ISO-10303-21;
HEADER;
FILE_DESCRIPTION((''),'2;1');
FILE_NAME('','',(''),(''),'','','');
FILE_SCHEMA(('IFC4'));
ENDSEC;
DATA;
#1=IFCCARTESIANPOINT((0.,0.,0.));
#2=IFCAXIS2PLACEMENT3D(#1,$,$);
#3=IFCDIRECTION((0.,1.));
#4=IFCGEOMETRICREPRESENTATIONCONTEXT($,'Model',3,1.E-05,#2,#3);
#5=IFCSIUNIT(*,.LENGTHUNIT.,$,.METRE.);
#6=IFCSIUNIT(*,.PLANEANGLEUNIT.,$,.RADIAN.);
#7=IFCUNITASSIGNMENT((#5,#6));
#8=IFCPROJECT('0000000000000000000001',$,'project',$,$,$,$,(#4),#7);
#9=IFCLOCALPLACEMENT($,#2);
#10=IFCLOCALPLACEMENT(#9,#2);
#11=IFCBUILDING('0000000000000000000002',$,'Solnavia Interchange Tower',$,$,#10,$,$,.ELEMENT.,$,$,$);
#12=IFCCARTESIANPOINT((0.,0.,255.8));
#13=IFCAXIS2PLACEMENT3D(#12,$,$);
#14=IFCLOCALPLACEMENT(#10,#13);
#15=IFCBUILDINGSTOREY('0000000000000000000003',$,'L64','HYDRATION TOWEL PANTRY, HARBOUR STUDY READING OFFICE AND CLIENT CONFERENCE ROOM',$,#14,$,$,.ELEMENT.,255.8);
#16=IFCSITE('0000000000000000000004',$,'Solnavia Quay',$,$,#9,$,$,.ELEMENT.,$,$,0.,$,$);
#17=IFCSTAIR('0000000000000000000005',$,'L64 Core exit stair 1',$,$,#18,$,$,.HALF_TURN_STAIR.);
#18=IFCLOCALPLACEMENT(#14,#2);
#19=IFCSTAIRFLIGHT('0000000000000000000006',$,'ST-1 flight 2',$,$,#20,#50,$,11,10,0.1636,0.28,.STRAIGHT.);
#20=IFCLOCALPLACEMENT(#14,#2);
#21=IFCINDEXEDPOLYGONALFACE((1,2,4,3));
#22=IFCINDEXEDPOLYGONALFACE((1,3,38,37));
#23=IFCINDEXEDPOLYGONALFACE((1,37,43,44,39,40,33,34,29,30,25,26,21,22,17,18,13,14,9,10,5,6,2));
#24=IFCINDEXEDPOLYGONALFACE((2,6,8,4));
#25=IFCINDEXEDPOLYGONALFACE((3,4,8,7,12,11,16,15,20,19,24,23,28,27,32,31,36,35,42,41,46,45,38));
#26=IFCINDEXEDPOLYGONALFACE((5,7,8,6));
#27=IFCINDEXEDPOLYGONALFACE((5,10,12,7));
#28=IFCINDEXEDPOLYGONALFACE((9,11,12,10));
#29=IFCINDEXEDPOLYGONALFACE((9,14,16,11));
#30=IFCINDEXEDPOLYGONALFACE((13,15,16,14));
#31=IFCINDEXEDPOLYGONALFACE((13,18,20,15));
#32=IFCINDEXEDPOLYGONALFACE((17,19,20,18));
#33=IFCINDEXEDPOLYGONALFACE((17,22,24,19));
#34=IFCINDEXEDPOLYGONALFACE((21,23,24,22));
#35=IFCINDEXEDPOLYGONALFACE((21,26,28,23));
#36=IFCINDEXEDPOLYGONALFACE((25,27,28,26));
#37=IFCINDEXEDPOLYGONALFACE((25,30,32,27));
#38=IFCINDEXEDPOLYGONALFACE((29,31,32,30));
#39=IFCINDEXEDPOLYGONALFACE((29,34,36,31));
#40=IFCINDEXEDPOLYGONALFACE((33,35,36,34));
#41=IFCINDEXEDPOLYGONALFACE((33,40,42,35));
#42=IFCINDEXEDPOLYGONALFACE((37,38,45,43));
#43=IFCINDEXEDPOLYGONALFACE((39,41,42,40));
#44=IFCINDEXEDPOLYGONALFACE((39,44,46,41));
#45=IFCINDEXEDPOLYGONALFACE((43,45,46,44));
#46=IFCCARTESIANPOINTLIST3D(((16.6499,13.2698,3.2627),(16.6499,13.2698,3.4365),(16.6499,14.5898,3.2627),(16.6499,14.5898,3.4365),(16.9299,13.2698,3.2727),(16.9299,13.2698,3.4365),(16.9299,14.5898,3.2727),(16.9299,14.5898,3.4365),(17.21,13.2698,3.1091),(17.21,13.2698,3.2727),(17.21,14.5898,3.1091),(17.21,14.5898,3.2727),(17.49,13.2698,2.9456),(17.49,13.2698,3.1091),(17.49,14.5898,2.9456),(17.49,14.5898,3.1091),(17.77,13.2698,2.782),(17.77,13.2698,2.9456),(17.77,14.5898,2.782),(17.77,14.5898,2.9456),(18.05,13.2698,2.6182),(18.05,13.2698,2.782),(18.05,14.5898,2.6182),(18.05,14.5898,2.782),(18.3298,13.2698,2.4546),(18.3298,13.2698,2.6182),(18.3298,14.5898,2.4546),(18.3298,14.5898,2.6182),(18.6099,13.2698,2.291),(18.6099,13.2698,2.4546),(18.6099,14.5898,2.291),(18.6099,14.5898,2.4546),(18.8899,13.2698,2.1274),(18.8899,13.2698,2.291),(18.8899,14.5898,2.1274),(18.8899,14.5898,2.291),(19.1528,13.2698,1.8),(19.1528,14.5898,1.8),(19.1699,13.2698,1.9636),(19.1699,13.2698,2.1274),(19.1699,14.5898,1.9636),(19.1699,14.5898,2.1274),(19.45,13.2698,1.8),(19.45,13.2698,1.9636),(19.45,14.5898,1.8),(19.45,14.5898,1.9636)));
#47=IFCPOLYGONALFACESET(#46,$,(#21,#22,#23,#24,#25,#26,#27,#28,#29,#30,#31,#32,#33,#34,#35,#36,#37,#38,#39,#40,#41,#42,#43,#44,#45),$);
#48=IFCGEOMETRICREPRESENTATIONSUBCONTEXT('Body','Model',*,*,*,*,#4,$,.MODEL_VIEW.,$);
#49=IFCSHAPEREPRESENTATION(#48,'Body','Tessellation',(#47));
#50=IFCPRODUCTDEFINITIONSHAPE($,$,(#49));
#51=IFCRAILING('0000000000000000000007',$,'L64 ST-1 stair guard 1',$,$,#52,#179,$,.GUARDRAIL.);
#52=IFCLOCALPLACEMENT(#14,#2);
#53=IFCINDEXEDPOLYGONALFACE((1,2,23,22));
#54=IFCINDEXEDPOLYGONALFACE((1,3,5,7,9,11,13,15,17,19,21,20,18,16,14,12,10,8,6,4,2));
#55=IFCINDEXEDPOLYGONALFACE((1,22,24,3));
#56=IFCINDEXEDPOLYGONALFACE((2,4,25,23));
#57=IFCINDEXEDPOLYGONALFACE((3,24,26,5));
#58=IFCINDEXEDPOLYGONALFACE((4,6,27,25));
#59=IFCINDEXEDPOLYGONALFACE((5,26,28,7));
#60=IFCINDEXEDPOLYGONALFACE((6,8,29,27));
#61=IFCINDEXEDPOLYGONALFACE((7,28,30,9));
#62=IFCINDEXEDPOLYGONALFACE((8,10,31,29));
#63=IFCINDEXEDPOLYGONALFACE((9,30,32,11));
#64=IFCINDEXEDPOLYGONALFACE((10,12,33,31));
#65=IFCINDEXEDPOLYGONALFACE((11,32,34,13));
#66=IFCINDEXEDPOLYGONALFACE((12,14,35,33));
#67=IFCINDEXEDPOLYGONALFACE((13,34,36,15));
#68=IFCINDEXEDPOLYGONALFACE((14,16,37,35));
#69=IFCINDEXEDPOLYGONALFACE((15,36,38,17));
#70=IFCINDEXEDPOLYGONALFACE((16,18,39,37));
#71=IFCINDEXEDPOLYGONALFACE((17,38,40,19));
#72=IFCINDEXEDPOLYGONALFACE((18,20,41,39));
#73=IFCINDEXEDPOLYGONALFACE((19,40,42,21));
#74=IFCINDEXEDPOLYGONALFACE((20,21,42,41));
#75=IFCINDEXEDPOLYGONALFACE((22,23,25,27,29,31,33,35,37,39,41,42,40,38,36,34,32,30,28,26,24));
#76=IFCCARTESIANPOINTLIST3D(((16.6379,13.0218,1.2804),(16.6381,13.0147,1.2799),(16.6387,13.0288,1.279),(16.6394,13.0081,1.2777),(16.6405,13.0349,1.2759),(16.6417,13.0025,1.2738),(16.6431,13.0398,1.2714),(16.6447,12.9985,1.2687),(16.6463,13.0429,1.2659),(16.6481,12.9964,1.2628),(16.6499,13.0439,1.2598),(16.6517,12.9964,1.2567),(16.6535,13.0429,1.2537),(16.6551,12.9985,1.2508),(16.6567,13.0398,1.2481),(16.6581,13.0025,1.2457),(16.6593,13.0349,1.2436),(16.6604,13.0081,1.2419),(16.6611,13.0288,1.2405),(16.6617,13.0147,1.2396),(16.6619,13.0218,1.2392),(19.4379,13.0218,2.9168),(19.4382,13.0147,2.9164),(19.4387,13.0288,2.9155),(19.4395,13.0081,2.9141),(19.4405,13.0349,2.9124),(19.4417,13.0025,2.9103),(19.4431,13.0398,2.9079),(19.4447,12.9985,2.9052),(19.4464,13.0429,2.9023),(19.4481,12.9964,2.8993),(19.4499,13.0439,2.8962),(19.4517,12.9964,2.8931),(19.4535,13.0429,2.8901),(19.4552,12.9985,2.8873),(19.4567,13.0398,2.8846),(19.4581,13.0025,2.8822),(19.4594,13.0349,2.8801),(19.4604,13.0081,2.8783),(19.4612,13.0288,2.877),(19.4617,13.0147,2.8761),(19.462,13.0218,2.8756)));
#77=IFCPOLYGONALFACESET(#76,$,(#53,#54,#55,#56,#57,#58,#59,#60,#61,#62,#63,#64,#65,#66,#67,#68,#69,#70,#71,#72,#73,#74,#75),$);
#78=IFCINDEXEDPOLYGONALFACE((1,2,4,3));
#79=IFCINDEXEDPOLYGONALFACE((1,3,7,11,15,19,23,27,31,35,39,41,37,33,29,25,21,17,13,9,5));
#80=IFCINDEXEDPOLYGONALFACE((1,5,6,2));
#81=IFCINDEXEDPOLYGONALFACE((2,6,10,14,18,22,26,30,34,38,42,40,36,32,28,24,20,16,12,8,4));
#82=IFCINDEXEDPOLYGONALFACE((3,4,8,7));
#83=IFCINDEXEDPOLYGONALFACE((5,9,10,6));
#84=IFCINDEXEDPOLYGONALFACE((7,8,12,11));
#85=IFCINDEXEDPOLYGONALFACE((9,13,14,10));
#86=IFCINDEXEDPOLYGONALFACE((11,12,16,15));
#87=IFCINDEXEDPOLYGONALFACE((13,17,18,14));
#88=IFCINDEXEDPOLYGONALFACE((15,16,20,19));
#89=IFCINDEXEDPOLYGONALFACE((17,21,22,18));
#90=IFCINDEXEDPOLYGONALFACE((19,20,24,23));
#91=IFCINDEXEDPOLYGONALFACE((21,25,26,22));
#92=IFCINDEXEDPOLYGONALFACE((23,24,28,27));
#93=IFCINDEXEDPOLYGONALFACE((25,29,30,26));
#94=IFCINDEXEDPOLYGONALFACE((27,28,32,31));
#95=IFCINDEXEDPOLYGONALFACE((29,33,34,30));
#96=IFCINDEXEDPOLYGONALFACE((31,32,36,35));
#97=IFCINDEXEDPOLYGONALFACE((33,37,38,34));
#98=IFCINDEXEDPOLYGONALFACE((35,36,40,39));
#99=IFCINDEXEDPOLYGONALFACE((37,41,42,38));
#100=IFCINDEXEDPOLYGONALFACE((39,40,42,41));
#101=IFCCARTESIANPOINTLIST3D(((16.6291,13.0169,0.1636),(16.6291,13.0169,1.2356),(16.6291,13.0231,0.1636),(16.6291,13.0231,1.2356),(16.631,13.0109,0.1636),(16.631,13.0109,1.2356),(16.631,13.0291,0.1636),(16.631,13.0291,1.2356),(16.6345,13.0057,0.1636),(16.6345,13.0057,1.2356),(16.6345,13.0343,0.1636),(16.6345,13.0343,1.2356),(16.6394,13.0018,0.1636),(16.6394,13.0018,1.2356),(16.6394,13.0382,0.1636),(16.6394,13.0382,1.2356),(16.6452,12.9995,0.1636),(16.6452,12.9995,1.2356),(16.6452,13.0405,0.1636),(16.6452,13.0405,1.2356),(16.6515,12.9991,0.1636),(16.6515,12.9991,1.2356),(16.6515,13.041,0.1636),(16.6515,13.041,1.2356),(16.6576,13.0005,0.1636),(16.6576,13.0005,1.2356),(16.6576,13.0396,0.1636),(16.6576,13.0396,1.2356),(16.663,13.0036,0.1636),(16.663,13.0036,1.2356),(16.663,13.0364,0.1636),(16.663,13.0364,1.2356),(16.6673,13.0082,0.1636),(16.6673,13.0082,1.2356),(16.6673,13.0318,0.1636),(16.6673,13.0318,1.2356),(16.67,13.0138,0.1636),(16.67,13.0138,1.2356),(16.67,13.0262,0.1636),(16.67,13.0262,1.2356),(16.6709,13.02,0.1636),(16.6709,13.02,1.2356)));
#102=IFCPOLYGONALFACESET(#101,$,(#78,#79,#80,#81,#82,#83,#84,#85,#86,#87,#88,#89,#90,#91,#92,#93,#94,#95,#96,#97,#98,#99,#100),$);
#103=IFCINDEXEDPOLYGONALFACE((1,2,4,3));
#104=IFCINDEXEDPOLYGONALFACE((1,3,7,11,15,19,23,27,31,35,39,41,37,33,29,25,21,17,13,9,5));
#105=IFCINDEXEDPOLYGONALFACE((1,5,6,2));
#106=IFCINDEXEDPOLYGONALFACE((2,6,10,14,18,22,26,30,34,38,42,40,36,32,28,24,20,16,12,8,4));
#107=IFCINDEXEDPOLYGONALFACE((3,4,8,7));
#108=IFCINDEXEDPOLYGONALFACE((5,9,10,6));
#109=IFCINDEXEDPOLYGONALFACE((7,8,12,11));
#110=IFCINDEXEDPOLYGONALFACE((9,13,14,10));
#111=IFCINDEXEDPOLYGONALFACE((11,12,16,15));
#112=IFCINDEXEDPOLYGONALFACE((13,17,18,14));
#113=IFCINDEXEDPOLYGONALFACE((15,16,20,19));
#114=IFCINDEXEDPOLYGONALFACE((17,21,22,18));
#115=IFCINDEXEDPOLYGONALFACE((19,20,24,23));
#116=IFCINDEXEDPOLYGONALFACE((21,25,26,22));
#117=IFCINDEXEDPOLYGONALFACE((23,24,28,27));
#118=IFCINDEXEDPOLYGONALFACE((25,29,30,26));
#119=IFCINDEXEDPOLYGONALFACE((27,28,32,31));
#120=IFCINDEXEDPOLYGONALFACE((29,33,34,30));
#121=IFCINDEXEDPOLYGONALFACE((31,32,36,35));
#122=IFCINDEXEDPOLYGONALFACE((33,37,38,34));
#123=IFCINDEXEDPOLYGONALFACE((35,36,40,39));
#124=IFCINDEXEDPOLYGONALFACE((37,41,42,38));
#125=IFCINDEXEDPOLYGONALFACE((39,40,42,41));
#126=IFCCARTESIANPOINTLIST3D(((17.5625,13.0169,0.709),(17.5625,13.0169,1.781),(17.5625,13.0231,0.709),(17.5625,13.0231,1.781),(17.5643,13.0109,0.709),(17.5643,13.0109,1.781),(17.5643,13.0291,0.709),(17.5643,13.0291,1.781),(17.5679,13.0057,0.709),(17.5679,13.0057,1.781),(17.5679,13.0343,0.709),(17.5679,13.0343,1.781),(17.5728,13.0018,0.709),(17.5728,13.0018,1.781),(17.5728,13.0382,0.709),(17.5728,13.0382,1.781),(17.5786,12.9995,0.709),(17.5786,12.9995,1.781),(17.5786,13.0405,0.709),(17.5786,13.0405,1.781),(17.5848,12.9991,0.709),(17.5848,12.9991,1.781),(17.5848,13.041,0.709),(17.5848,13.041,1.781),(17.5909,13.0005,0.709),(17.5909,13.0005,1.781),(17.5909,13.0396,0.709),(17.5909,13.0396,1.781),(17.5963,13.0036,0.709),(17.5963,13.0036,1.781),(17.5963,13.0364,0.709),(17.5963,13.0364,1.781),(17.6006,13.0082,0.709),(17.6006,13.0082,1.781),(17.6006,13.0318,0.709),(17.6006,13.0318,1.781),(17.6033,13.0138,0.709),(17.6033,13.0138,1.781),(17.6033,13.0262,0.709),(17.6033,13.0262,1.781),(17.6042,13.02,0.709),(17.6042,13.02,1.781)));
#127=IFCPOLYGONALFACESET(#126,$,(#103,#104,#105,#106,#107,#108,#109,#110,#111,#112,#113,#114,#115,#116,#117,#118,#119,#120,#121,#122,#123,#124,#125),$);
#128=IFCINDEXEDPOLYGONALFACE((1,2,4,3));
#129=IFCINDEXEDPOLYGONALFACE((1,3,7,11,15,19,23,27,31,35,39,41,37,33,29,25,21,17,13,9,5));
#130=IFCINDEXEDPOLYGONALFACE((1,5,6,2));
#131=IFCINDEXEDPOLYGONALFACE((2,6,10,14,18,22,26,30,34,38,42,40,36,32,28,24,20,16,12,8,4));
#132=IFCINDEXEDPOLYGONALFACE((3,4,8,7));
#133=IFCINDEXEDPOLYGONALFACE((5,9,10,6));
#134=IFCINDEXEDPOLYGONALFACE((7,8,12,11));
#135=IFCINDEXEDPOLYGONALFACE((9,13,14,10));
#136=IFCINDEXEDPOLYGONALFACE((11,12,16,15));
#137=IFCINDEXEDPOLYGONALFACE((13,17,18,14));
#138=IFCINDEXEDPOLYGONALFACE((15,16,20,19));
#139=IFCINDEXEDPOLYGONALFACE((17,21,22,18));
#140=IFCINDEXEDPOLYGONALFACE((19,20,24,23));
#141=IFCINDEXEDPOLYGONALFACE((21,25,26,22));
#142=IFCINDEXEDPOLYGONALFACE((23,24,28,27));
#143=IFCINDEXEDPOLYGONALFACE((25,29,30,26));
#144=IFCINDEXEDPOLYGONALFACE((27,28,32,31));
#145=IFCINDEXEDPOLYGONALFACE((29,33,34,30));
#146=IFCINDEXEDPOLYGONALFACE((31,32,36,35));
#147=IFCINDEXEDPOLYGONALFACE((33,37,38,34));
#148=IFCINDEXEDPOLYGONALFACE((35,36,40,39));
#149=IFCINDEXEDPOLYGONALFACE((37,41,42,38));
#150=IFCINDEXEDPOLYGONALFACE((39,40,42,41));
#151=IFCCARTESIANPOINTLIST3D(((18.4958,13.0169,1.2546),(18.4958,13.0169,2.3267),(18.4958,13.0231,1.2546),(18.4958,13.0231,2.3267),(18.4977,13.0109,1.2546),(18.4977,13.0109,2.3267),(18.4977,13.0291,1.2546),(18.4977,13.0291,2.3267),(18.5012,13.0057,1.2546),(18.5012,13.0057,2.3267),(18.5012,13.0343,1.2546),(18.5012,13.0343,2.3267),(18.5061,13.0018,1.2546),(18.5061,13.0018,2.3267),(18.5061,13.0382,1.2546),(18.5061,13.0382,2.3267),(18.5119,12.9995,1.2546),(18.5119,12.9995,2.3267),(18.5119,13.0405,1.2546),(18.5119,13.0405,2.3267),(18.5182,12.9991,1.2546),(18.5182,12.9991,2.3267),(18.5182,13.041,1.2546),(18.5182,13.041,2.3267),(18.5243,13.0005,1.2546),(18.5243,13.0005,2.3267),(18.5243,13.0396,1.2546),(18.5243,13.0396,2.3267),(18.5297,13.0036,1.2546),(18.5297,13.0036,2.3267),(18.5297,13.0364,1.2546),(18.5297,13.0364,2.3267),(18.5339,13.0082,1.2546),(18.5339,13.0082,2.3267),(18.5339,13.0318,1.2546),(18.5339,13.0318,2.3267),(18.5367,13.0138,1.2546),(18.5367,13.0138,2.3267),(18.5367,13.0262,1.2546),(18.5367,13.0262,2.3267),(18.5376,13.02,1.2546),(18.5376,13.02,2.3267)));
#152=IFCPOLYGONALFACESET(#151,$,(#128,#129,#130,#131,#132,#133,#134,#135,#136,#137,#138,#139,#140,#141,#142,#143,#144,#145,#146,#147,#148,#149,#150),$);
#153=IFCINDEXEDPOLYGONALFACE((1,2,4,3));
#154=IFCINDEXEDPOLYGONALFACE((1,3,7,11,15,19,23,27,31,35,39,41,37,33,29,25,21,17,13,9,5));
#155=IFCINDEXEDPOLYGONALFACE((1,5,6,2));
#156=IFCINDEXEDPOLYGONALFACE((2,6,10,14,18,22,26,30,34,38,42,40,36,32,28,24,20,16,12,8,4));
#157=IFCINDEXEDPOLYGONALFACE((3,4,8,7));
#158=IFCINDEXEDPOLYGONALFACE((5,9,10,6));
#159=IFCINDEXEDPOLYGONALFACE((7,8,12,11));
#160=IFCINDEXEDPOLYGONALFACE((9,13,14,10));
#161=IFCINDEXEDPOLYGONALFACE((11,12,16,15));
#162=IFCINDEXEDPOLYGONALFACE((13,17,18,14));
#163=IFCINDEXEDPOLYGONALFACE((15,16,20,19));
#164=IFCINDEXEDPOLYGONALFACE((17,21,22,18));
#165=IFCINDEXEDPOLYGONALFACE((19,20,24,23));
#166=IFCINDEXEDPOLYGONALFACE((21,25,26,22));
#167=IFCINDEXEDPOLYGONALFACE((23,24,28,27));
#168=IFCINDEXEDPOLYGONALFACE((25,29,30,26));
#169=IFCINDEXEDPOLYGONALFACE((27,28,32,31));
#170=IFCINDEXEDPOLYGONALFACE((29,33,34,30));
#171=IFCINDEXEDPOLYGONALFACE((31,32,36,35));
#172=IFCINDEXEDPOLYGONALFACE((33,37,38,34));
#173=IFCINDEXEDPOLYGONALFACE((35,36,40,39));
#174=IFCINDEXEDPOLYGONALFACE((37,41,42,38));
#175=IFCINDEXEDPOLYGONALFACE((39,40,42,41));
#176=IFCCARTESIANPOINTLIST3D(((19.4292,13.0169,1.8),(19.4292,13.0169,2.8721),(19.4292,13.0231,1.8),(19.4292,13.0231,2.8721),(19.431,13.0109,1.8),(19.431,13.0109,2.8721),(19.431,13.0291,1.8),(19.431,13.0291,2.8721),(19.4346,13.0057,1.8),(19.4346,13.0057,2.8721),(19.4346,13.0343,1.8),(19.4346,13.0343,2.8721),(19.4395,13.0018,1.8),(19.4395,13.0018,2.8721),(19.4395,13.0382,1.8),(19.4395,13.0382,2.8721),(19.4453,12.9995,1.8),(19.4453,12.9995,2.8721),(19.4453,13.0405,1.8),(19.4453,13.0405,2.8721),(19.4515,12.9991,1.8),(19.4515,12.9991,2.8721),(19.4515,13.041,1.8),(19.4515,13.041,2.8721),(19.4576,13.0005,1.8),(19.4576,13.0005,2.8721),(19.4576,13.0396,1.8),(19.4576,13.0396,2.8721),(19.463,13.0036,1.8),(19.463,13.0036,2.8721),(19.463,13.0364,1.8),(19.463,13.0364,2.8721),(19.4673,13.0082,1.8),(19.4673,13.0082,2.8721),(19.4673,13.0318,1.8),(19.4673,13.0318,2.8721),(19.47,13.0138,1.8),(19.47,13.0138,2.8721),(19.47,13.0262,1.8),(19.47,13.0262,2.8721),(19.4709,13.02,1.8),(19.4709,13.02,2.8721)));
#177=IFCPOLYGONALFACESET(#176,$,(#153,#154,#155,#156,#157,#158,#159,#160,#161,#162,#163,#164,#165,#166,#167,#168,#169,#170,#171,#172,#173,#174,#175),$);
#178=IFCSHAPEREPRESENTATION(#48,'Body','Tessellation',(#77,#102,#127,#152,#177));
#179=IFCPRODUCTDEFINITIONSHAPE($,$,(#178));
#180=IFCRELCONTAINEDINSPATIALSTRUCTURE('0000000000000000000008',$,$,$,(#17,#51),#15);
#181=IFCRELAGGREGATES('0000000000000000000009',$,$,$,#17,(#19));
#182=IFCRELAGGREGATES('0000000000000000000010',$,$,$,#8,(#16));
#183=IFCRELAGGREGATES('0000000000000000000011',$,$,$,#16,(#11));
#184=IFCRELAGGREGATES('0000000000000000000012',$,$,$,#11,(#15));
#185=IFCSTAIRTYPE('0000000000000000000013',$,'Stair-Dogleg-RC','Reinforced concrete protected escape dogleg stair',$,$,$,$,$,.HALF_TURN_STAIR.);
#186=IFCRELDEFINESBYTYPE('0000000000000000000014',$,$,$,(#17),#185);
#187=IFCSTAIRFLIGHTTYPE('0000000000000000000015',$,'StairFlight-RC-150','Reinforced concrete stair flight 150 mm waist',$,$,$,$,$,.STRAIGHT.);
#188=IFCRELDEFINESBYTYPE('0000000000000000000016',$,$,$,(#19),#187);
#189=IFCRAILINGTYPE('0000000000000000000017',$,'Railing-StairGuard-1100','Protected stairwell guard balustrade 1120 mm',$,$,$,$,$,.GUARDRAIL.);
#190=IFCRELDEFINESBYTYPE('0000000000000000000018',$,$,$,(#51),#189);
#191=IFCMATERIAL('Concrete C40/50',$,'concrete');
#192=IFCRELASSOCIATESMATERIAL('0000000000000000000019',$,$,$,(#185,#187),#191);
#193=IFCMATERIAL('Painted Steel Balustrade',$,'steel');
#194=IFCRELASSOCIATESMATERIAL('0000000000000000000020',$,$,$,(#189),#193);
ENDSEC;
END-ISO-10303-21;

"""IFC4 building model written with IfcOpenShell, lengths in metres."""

from ifc_helpers import new_model, si_unit, direction, frame, origin, origin_2d, place, context, subcontext, project, spatial, polyline, circle, outline, extrude, material, type_object, element, aggregate, save


model = new_model("IFC4")

# Units and contexts
model_context = context("Model", 3, precision=1e-05, world=origin(), true_north=direction((0.0, 1.0)))
body_context = subcontext(model_context, "Body", "Model", "MODEL_VIEW")
ifc_project = project(units=[si_unit("LENGTHUNIT", "METRE"), si_unit("PLANEANGLEUNIT", "RADIAN")], contexts=[model_context])

# Site, building, storey
site_placement = place(None, origin())
site = spatial("IfcSite", under=ifc_project, at=site_placement, Name="Solnavia Quay", CompositionType="ELEMENT", RefElevation=0.0)
building_placement = place(site_placement, origin())
building = spatial("IfcBuilding", under=site, at=building_placement, Name="Solnavia Interchange Tower", CompositionType="ELEMENT")
storey_placement = place(building_placement, frame((0.0, 0.0, 255.8)))
storey = spatial("IfcBuildingStorey", under=building, at=storey_placement, Name="L64", Description="HYDRATION TOWEL PANTRY, HARBOUR STUDY READING OFFICE AND CLIENT CONFERENCE ROOM", CompositionType="ELEMENT", Elevation=255.8)

# Shared definitions
ifc_material_1 = material(Name="Concrete C40/50", Category="concrete")

# Stair, stair flight
stair_type = type_object("IfcStairType", Name="Stair-Dogleg-RC", Description="Reinforced concrete protected escape dogleg stair", PredefinedType="HALF_TURN_STAIR", material=ifc_material_1)
stair_placement = place(storey_placement, origin())
stair = element("IfcStair", 1, at=stair_placement, inside=storey, type_object=stair_type, Name="L64 Core exit stair 1", PredefinedType="HALF_TURN_STAIR")
stair_flight_type = type_object("IfcStairFlightType", Name="StairFlight-RC-150", Description="Reinforced concrete stair flight 150 mm waist", PredefinedType="STRAIGHT", material=ifc_material_1)
stair_flight_1_placement = place(storey_placement, frame((19.45, 13.9299, 1.8), z_axis=(0.0, 0.0, 1.0), x_axis=(-1.0, 0.0, 0.0)))
stair_flight_1 = element("IfcStairFlight", 2, at=stair_flight_1_placement, type_object=stair_flight_type, Name="ST-1 flight 2", NumberOfRisers=11, NumberOfTreads=10, PredefinedType="STRAIGHT", RiserHeight=0.1636, TreadLength=0.28, context=body_context, shape_type="SweptSolid", body=[
    extrude(outline(polyline([(0.0, 0.0), (0.0, 0.1636), (0.28, 0.1636), (0.28, 0.3274), (0.5601, 0.3274), (0.5601, 0.491), (0.8401, 0.491), (0.8401, 0.6545), (1.1201, 0.6545), (1.1201, 0.8181), (1.3999, 0.8181), (1.3999, 0.9819), (1.6799, 0.9819), (1.6799, 1.1455), (1.96, 1.1455), (1.96, 1.3091), (2.24, 1.3091), (2.24, 1.4727), (2.52, 1.4727), (2.52, 1.6365), (2.8, 1.6365), (2.8, 1.8), (2.8, 1.4626), (0.2971, 0.0), (0.0, 0.0)])), frame((0.0, 0.6602, 0.0), z_axis=(0.0, -1.0, 0.0), x_axis=(1.0, 0.0, 0.0)), (0.0, 0.0, 1.0), 1.3201),
])
aggregate(stair, [stair_flight_1])

# Railing
ifc_material_2 = material(Name="Painted Steel Balustrade", Category="steel")
railing_type_1 = type_object("IfcRailingType", Name="Railing-StairGuard-1100", Description="Protected stairwell guard balustrade 1120 mm", PredefinedType="GUARDRAIL", material=ifc_material_2)
railing_1_placement = place(storey_placement, frame((16.6499, 13.02, 0.1636)))
element("IfcRailing", 3, at=railing_1_placement, inside=storey, type_object=railing_type_1, Name="L64 ST-1 stair guard 1", PredefinedType="GUARDRAIL", context=body_context, shape_type="SweptSolid", body=[
    extrude(circle(Radius=0.0239, at=origin_2d()), frame((0.0, 0.0, 1.0962), z_axis=(0.863361, 0.0, 0.504587), x_axis=(0.0, 1.0, 0.0)), (0.0, 0.0, 1.0), 3.2432),
    extrude(circle(Radius=0.021, at=origin_2d()), origin(), (0.0, 0.0, 1.0), 1.072),
    extrude(circle(Radius=0.021, at=origin_2d()), frame((0.9333, 0.0, 0.5454)), (0.0, 0.0, 1.0), 1.072),
    extrude(circle(Radius=0.021, at=origin_2d()), frame((1.8667, 0.0, 1.0911)), (0.0, 0.0, 1.0), 1.072),
    extrude(circle(Radius=0.021, at=origin_2d()), frame((2.8, 0.0, 1.6365)), (0.0, 0.0, 1.0), 1.072),
])

save(model, "model.ifc")
